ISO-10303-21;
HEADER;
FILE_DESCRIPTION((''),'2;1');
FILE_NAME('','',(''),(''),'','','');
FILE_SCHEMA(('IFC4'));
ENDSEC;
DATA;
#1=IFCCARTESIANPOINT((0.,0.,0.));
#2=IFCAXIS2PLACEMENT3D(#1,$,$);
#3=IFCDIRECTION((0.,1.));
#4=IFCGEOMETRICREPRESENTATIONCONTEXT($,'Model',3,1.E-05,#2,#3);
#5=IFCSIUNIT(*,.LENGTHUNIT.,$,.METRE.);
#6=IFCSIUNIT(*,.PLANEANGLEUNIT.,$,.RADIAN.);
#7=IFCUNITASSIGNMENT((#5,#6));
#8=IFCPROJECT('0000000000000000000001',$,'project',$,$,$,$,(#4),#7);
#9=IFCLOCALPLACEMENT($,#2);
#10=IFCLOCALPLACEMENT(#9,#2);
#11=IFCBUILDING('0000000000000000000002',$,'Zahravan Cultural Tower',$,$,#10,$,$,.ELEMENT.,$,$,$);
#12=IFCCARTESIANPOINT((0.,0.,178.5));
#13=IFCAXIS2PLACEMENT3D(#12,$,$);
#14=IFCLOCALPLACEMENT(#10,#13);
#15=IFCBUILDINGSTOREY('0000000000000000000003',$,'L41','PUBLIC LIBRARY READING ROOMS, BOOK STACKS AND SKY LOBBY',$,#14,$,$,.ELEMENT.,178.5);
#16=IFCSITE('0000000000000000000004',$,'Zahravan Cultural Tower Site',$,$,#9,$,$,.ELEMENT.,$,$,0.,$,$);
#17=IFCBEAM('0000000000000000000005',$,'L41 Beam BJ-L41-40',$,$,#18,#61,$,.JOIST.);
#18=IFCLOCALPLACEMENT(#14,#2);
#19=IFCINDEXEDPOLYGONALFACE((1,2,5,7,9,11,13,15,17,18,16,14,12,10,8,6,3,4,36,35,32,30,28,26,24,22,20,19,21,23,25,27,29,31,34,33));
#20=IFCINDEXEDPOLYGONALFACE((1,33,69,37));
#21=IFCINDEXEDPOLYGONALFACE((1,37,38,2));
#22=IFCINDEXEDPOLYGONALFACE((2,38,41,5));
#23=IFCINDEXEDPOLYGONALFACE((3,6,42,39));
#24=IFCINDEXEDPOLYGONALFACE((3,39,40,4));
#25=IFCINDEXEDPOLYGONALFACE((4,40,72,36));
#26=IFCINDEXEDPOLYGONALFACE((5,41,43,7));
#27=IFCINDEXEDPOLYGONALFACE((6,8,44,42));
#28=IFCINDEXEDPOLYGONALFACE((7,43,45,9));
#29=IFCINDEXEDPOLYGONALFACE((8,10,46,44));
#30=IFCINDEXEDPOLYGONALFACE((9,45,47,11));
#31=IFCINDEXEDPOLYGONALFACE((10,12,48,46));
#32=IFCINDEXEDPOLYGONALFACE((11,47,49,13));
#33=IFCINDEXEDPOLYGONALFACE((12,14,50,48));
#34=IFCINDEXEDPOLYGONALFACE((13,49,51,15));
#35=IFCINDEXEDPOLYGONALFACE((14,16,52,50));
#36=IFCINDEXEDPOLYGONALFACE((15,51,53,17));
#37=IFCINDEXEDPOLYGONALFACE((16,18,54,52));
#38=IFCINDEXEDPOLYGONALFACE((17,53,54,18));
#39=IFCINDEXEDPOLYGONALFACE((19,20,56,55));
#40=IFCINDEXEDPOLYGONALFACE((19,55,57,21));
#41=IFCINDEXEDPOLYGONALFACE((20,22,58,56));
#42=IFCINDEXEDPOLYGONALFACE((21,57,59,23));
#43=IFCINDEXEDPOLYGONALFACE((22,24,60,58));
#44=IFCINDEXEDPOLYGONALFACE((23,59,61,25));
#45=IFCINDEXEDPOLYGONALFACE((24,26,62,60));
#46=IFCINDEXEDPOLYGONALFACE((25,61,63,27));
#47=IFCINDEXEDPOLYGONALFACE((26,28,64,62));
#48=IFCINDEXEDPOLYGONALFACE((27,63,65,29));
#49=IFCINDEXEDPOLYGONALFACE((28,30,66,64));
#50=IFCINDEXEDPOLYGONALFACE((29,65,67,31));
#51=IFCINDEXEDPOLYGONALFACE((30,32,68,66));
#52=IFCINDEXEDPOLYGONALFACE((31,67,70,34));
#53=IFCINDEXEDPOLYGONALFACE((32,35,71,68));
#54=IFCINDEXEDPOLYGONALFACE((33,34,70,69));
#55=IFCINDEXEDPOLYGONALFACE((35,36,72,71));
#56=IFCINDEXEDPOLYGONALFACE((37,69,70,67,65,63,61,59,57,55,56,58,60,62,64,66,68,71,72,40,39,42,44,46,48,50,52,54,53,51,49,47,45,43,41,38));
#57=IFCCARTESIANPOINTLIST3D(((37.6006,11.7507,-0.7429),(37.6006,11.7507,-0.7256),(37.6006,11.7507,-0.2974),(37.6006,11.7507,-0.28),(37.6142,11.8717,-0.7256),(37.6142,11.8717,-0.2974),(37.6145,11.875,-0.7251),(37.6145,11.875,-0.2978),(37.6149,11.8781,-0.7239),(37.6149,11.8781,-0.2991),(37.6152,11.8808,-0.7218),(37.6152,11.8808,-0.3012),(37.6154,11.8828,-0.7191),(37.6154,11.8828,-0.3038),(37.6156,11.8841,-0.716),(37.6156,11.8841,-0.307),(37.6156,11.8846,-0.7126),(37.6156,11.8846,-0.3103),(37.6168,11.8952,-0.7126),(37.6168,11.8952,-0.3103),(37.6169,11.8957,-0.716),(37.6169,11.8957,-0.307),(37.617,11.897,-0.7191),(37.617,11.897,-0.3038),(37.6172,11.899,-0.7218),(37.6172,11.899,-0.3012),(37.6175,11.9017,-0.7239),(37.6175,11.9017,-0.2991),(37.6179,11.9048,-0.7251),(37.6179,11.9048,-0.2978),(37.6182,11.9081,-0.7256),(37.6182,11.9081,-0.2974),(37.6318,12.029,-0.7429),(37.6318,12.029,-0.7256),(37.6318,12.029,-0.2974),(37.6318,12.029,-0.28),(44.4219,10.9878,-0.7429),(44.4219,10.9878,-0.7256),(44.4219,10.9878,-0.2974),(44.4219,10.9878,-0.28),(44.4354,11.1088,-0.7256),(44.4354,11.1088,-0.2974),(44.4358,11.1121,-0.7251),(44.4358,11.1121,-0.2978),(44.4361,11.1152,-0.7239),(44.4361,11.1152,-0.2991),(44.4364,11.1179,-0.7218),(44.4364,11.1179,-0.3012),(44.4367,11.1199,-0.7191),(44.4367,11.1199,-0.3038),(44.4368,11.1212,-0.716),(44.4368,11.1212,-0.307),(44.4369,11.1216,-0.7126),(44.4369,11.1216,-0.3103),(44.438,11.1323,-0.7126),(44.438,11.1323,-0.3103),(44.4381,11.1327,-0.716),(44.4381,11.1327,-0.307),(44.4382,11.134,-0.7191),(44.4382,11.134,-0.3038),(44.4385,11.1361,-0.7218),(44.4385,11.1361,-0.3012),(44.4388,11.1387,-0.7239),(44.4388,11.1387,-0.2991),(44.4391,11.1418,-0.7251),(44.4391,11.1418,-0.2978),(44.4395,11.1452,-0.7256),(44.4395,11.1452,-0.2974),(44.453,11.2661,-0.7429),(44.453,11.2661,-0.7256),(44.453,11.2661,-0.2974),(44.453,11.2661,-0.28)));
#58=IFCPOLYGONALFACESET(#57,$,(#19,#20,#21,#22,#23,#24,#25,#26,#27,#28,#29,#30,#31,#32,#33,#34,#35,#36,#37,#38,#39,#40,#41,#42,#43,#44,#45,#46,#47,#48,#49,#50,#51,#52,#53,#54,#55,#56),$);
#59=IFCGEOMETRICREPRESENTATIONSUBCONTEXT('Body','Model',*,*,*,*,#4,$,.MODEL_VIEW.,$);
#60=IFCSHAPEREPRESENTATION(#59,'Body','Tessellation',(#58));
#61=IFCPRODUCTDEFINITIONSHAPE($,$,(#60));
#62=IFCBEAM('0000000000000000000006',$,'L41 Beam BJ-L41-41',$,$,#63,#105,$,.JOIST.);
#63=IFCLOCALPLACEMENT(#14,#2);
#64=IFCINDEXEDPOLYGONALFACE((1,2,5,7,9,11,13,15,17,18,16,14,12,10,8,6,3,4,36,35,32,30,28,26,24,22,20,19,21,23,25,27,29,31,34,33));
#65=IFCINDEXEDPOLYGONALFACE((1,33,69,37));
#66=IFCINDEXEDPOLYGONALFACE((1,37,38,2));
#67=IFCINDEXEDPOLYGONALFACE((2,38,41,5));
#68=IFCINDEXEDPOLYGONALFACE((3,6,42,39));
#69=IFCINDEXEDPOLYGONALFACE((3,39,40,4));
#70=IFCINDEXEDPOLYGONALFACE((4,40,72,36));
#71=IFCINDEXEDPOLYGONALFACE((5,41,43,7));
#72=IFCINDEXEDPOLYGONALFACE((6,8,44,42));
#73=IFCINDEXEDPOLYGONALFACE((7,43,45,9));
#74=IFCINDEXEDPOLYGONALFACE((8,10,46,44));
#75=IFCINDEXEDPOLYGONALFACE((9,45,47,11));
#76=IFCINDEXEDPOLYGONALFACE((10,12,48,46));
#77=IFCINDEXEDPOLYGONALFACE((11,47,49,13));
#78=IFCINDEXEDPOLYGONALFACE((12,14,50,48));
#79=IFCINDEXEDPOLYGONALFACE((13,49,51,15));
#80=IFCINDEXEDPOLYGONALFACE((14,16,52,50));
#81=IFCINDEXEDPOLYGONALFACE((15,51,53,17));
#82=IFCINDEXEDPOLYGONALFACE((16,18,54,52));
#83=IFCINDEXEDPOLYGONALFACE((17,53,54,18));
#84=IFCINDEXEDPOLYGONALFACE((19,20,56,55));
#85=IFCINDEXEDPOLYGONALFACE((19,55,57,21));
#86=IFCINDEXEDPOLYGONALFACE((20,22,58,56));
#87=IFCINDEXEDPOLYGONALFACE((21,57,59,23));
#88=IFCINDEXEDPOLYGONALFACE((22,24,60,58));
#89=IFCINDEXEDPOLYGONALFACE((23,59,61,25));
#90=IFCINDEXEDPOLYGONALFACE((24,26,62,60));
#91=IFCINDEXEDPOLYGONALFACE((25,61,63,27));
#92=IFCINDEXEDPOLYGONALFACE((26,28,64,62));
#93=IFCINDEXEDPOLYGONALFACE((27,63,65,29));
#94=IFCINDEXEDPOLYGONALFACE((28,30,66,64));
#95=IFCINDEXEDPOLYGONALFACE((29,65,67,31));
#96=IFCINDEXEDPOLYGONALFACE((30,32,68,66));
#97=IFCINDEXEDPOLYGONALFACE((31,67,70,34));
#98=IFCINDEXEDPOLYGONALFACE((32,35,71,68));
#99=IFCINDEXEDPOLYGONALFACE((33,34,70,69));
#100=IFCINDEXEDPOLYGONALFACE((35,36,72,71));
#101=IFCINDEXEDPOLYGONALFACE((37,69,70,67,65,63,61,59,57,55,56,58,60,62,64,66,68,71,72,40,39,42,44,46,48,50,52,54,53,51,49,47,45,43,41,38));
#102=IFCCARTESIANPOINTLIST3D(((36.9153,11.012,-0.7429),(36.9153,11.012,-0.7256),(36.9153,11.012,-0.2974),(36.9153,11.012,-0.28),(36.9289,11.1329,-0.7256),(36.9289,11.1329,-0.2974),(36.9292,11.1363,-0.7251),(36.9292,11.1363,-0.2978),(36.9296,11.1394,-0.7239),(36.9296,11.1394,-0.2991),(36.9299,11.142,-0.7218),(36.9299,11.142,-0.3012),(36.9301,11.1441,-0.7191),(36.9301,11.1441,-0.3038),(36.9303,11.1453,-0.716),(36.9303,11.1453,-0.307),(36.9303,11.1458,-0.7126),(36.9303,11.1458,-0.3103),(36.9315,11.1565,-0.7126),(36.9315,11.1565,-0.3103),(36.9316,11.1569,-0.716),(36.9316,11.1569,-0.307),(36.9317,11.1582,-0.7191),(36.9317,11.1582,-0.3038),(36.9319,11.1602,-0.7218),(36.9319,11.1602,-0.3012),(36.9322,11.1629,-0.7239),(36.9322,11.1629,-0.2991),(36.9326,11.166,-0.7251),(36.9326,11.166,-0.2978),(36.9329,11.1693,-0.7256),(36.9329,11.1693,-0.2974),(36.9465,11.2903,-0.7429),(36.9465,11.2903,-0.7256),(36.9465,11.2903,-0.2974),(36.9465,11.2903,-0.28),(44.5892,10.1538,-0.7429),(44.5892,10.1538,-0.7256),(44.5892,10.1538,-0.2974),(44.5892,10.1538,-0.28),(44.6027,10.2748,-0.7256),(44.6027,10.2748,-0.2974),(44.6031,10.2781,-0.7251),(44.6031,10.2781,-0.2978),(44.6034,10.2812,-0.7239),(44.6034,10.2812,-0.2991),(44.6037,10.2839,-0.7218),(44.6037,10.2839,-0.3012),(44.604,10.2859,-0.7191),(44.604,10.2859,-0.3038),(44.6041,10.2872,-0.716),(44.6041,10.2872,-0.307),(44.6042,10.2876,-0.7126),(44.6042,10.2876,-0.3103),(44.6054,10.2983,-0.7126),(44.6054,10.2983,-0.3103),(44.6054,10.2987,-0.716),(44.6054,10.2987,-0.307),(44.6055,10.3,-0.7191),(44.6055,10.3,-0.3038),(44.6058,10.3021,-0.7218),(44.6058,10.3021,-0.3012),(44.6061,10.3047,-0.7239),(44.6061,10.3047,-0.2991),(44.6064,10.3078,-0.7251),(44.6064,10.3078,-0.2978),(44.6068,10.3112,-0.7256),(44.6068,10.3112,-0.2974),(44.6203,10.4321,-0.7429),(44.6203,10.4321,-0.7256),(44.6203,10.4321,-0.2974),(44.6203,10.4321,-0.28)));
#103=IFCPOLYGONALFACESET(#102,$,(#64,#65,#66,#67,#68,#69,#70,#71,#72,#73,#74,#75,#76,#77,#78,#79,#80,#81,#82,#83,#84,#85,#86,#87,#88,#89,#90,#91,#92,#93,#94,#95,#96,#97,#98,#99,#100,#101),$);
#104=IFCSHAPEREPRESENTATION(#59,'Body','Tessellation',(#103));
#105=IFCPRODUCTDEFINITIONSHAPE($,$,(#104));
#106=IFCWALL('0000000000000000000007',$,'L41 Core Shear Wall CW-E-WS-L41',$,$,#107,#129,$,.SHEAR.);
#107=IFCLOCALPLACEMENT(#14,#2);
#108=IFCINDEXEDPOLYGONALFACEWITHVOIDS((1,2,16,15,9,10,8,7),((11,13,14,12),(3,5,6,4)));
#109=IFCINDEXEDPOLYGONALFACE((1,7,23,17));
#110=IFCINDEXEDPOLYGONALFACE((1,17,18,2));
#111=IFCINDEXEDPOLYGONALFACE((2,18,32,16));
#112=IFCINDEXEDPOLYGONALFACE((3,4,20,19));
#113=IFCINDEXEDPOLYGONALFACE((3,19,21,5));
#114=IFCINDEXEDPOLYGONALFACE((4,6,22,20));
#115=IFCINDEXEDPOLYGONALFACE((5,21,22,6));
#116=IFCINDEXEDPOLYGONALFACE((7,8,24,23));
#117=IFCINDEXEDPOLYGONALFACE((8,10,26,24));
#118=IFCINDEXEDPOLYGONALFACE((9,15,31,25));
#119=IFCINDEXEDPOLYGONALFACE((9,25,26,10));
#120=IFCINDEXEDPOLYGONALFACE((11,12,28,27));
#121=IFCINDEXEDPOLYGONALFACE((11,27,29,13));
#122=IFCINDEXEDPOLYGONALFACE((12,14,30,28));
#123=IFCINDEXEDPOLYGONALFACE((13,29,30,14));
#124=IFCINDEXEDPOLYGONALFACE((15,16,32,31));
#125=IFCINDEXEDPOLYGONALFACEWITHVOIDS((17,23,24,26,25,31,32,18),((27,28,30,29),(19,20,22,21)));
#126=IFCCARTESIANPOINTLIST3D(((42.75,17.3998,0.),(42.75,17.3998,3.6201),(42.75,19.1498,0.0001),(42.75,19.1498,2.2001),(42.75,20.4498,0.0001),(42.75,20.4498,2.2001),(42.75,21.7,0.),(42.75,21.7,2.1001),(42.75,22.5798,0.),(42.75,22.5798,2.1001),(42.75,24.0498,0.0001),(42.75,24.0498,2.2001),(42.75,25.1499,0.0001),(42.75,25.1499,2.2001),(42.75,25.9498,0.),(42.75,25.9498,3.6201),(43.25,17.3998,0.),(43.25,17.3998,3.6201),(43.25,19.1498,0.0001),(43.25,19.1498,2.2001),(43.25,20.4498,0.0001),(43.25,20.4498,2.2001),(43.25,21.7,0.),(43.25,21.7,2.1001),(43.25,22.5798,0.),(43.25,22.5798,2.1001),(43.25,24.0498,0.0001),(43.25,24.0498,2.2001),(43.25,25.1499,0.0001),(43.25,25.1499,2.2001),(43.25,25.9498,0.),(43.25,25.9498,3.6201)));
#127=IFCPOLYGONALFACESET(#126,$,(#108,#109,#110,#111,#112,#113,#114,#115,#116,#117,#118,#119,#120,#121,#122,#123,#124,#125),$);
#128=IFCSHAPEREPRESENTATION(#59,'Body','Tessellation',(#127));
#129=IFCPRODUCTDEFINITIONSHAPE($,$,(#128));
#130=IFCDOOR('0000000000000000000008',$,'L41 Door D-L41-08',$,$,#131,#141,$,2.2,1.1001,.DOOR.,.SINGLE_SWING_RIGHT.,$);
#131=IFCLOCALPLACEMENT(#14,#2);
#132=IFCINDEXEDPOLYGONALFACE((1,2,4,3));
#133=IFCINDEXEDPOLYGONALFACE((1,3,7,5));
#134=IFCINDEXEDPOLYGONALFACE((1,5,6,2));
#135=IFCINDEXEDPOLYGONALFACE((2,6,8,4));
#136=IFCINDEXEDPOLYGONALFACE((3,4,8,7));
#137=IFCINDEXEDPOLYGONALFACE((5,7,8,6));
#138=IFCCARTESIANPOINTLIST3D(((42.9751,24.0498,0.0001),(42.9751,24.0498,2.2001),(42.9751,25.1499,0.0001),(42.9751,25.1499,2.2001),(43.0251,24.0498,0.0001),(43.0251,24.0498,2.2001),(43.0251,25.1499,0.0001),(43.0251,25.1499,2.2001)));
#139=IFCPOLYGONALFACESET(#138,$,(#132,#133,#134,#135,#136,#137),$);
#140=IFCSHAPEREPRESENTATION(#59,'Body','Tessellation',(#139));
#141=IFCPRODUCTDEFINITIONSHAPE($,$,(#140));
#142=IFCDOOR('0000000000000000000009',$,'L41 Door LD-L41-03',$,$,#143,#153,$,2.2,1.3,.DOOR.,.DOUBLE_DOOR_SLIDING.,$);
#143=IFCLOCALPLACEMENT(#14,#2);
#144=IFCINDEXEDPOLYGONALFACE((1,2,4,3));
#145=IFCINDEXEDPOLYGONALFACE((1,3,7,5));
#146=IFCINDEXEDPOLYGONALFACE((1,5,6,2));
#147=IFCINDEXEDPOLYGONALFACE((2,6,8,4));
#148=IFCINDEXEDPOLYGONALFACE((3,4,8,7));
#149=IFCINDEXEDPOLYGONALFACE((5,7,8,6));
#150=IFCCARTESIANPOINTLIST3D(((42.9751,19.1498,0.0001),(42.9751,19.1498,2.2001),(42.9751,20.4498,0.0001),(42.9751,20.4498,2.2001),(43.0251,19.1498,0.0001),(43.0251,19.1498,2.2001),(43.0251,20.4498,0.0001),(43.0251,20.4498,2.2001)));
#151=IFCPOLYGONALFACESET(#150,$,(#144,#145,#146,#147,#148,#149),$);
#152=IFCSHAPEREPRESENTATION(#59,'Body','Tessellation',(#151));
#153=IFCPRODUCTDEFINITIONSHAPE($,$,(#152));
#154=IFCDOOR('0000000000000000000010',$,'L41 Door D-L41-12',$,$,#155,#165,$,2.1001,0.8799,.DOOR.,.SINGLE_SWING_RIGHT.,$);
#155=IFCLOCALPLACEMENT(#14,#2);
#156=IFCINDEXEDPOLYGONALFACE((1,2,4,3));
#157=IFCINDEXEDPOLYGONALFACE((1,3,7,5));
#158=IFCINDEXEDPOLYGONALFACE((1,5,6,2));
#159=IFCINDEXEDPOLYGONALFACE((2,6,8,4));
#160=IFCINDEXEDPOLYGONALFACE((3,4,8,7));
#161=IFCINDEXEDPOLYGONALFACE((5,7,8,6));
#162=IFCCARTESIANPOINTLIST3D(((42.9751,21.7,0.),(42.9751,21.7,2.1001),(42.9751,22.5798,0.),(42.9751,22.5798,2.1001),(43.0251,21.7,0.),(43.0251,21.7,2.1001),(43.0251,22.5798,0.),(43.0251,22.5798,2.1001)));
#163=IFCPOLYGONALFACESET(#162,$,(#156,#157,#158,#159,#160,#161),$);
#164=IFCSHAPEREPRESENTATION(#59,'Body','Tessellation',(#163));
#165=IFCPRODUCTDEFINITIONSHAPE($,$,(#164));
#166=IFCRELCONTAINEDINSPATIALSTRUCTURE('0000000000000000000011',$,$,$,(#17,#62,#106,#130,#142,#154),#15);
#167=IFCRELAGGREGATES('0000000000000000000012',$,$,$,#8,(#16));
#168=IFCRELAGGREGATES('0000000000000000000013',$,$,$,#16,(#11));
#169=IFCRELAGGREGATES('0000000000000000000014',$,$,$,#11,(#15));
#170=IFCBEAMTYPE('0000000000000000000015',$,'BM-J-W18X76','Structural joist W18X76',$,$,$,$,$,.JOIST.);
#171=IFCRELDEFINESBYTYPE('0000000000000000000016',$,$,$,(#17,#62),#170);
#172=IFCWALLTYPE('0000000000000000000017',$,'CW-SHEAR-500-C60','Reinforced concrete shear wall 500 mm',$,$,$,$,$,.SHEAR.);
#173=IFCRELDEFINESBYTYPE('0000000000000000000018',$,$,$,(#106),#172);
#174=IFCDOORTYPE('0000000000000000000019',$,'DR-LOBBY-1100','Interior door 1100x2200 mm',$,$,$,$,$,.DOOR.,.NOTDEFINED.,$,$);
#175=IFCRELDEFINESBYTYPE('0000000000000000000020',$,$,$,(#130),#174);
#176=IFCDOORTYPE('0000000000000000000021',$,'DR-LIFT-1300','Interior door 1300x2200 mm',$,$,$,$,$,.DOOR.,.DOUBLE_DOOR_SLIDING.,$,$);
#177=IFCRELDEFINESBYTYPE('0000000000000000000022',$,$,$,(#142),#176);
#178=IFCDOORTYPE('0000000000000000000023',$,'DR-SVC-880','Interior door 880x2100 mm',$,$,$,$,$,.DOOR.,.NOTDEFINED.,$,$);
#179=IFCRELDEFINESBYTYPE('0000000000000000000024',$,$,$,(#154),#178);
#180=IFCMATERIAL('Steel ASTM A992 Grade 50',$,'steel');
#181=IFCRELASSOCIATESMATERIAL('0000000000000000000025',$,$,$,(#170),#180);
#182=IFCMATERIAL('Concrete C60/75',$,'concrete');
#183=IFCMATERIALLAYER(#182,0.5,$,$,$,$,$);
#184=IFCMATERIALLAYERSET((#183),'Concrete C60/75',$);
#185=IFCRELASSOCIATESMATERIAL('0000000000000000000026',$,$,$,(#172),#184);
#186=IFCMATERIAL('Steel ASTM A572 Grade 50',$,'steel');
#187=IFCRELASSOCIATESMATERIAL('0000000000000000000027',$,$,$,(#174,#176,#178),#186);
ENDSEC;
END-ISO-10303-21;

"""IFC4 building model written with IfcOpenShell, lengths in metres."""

from ifc_helpers import new_model, si_unit, direction, frame, frame_2d, origin, origin_2d, place, context, subcontext, project, spatial, rectangle, i_section, extrude, source, transform, mapped, material, layer, layer_set, material_profile, profile_set, type_object, element, fill, save


model = new_model("IFC4")

# Units and contexts
model_context = context("Model", 3, precision=1e-05, world=origin(), true_north=direction((0.0, 1.0)))
body_context = subcontext(model_context, "Body", "Model", "MODEL_VIEW")
ifc_project = project(units=[si_unit("LENGTHUNIT", "METRE"), si_unit("PLANEANGLEUNIT", "RADIAN")], contexts=[model_context])

# Site, building, storey
site_placement = place(None, origin())
site = spatial("IfcSite", under=ifc_project, at=site_placement, Name="Zahravan Cultural Tower Site", CompositionType="ELEMENT", RefElevation=0.0)
building_placement = place(site_placement, origin())
building = spatial("IfcBuilding", under=site, at=building_placement, Name="Zahravan Cultural Tower", CompositionType="ELEMENT")
storey_placement = place(building_placement, frame((0.0, 0.0, 178.5)))
storey = spatial("IfcBuildingStorey", under=building, at=storey_placement, Name="L41", Description="PUBLIC LIBRARY READING ROOMS, BOOK STACKS AND SKY LOBBY", CompositionType="ELEMENT", Elevation=178.5)

# Shared definitions
ifc_material_1 = material(Name="Steel ASTM A992 Grade 50", Category="steel")

# Beams
ifc_material_profile_1 = material_profile(ifc_material_1, i_section(OverallWidth=0.28, OverallDepth=0.4629, WebThickness=0.0107, FlangeThickness=0.0173, FilletRadius=0.0129, at=origin_2d()), Name="W18X76")
ifc_profile_set_1 = profile_set([ifc_material_profile_1], Name="Steel ASTM A992 Grade 50")
beam_type_1 = type_object("IfcBeamType", Name="BM-J-W18X76", Description="Structural joist W18X76", PredefinedType="JOIST", material=ifc_profile_set_1)
shared_shape_1 = source(origin(), body_context, "Body", "SweptSolid", [
    extrude(i_section(OverallWidth=0.28, OverallDepth=0.4629, WebThickness=0.0107, FlangeThickness=0.0173, FilletRadius=0.0129, at=origin_2d()), origin(), (0.0, 0.0, 1.0), 6.8638),
])
beam_1_placement = place(storey_placement, frame((37.6162, 11.8899, -0.5115), z_axis=(0.993803, -0.111154, 0.0), x_axis=(0.111154, 0.993803, 0.0)))
element("IfcBeam", 1, at=beam_1_placement, inside=storey, type_object=beam_type_1, Name="L41 Beam BJ-L41-40", PredefinedType="JOIST", context=body_context, shape_type="MappedRepresentation", body=[
    mapped(shared_shape_1, transform((0.0, 0.0, 0.0), x_axis=(1.0, 0.0, 0.0), y_axis=(0.0, 1.0, 0.0), z_axis=(0.0, 0.0, 1.0), scale=1.0)),
])
shared_shape_2 = source(origin(), body_context, "Body", "SweptSolid", [
    extrude(i_section(OverallWidth=0.28, OverallDepth=0.4629, WebThickness=0.0107, FlangeThickness=0.0173, FilletRadius=0.0129, at=origin_2d()), origin(), (0.0, 0.0, 1.0), 7.7217),
])
beam_2_placement = place(storey_placement, frame((36.9309, 11.1511, -0.5115), z_axis=(0.993805, -0.111136, 0.0), x_axis=(0.111136, 0.993805, 0.0)))
element("IfcBeam", 2, at=beam_2_placement, inside=storey, type_object=beam_type_1, Name="L41 Beam BJ-L41-41", PredefinedType="JOIST", context=body_context, shape_type="MappedRepresentation", body=[
    mapped(shared_shape_2, transform((0.0, 0.0, 0.0), x_axis=(1.0, 0.0, 0.0), y_axis=(0.0, 1.0, 0.0), z_axis=(0.0, 0.0, 1.0), scale=1.0)),
])

# Wall, openings, doors
ifc_material_2 = material(Name="Concrete C60/75", Category="concrete")
ifc_layer_1 = layer(ifc_material_2, 0.5)
ifc_layer_set_1 = layer_set([ifc_layer_1], Name="Concrete C60/75")
wall_type_1 = type_object("IfcWallType", Name="CW-SHEAR-500-C60", Description="Reinforced concrete shear wall 500 mm", PredefinedType="SHEAR", material=ifc_layer_set_1)
wall_1_placement = place(storey_placement, frame((43.0, 17.3999, 0.0), z_axis=(0.0, 0.0, 1.0), x_axis=(0.0, 1.0, 0.0)))
wall_1 = element("IfcWall", 3, at=wall_1_placement, inside=storey, type_object=wall_type_1, Name="L41 Core Shear Wall CW-E-WS-L41", PredefinedType="SHEAR", context=body_context, shape_type="SweptSolid", body=[
    extrude(rectangle(XDim=8.55, YDim=0.5, at=frame_2d((4.2749, 0.0))), origin(), (0.0, 0.0, 1.0), 3.6201),
])
opening_1_placement = place(wall_1_placement, frame((6.6499, 0.0, 0.0)))
opening_1 = element("IfcOpeningElement", 4, at=opening_1_placement, cuts=wall_1, PredefinedType="OPENING", context=body_context, shape_type="SweptSolid", body=[
    extrude(rectangle(XDim=1.1001, YDim=2.2, at=frame_2d((0.55, 1.1001))), frame((0.0, 0.26, 0.0), z_axis=(0.0, -1.0, 0.0), x_axis=(1.0, 0.0, 0.0)), (0.0, 0.0, 1.0), 0.52),
])
opening_2_placement = place(wall_1_placement, frame((1.75, 0.0, 0.0)))
opening_2 = element("IfcOpeningElement", 5, at=opening_2_placement, cuts=wall_1, PredefinedType="OPENING", context=body_context, shape_type="SweptSolid", body=[
    extrude(rectangle(XDim=1.3, YDim=2.2, at=frame_2d((0.6499, 1.1001))), frame((0.0, 0.26, 0.0), z_axis=(0.0, -1.0, 0.0), x_axis=(1.0, 0.0, 0.0)), (0.0, 0.0, 1.0), 0.52),
])
opening_3_placement = place(wall_1_placement, frame((4.3, 0.0, 0.0)))
opening_3 = element("IfcOpeningElement", 6, at=opening_3_placement, cuts=wall_1, PredefinedType="OPENING", context=body_context, shape_type="SweptSolid", body=[
    extrude(rectangle(XDim=0.8799, YDim=2.1001, at=frame_2d((0.4399, 1.05))), frame((0.0, 0.26, 0.0), z_axis=(0.0, -1.0, 0.0), x_axis=(1.0, 0.0, 0.0)), (0.0, 0.0, 1.0), 0.52),
])
ifc_material_3 = material(Name="Steel ASTM A572 Grade 50", Category="steel")
door_type_1 = type_object("IfcDoorType", Name="DR-LOBBY-1100", Description="Interior door 1100x2200 mm", OperationType="NOTDEFINED", PredefinedType="DOOR", material=ifc_material_3)
shared_shape_3 = source(origin(), body_context, "Body", "SweptSolid", [
    extrude(rectangle(XDim=1.1001, YDim=2.2, at=frame_2d((0.55, 1.1001))), frame((0.0, 0.0249, 0.0), z_axis=(0.0, -1.0, 0.0), x_axis=(1.0, 0.0, 0.0)), (0.0, 0.0, 1.0), 0.05),
])
door_1_placement = place(opening_1_placement, origin())
door_1 = element("IfcDoor", 7, at=door_1_placement, inside=storey, type_object=door_type_1, Name="L41 Door D-L41-08", OperationType="SINGLE_SWING_RIGHT", OverallHeight=2.2, OverallWidth=1.1001, PredefinedType="DOOR", context=body_context, shape_type="MappedRepresentation", body=[
    mapped(shared_shape_3, transform((0.0, 0.0, 0.0), x_axis=(1.0, 0.0, 0.0), y_axis=(0.0, 1.0, 0.0), z_axis=(0.0, 0.0, 1.0), scale=1.0)),
])
fill(opening_1, door_1)
door_type_2 = type_object("IfcDoorType", Name="DR-LIFT-1300", Description="Interior door 1300x2200 mm", OperationType="DOUBLE_DOOR_SLIDING", PredefinedType="DOOR", material=ifc_material_3)
shared_shape_4 = source(origin(), body_context, "Body", "SweptSolid", [
    extrude(rectangle(XDim=1.3, YDim=2.2, at=frame_2d((0.6499, 1.1001))), frame((0.0, 0.0249, 0.0), z_axis=(0.0, -1.0, 0.0), x_axis=(1.0, 0.0, 0.0)), (0.0, 0.0, 1.0), 0.05),
])
door_2_placement = place(opening_2_placement, origin())
door_2 = element("IfcDoor", 8, at=door_2_placement, inside=storey, type_object=door_type_2, Name="L41 Door LD-L41-03", OperationType="DOUBLE_DOOR_SLIDING", OverallHeight=2.2, OverallWidth=1.3, PredefinedType="DOOR", context=body_context, shape_type="MappedRepresentation", body=[
    mapped(shared_shape_4, transform((0.0, 0.0, 0.0), x_axis=(1.0, 0.0, 0.0), y_axis=(0.0, 1.0, 0.0), z_axis=(0.0, 0.0, 1.0), scale=1.0)),
])
fill(opening_2, door_2)
door_type_3 = type_object("IfcDoorType", Name="DR-SVC-880", Description="Interior door 880x2100 mm", OperationType="NOTDEFINED", PredefinedType="DOOR", material=ifc_material_3)
shared_shape_5 = source(origin(), body_context, "Body", "SweptSolid", [
    extrude(rectangle(XDim=0.8799, YDim=2.1001, at=frame_2d((0.4399, 1.05))), frame((0.0, 0.0249, 0.0), z_axis=(0.0, -1.0, 0.0), x_axis=(1.0, 0.0, 0.0)), (0.0, 0.0, 1.0), 0.05),
])
door_3_placement = place(opening_3_placement, origin())
door_3 = element("IfcDoor", 9, at=door_3_placement, inside=storey, type_object=door_type_3, Name="L41 Door D-L41-12", OperationType="SINGLE_SWING_RIGHT", OverallHeight=2.1001, OverallWidth=0.8799, PredefinedType="DOOR", context=body_context, shape_type="MappedRepresentation", body=[
    mapped(shared_shape_5, transform((0.0, 0.0, 0.0), x_axis=(1.0, 0.0, 0.0), y_axis=(0.0, 1.0, 0.0), z_axis=(0.0, 0.0, 1.0), scale=1.0)),
])
fill(opening_3, door_3)

save(model, "model.ifc")
